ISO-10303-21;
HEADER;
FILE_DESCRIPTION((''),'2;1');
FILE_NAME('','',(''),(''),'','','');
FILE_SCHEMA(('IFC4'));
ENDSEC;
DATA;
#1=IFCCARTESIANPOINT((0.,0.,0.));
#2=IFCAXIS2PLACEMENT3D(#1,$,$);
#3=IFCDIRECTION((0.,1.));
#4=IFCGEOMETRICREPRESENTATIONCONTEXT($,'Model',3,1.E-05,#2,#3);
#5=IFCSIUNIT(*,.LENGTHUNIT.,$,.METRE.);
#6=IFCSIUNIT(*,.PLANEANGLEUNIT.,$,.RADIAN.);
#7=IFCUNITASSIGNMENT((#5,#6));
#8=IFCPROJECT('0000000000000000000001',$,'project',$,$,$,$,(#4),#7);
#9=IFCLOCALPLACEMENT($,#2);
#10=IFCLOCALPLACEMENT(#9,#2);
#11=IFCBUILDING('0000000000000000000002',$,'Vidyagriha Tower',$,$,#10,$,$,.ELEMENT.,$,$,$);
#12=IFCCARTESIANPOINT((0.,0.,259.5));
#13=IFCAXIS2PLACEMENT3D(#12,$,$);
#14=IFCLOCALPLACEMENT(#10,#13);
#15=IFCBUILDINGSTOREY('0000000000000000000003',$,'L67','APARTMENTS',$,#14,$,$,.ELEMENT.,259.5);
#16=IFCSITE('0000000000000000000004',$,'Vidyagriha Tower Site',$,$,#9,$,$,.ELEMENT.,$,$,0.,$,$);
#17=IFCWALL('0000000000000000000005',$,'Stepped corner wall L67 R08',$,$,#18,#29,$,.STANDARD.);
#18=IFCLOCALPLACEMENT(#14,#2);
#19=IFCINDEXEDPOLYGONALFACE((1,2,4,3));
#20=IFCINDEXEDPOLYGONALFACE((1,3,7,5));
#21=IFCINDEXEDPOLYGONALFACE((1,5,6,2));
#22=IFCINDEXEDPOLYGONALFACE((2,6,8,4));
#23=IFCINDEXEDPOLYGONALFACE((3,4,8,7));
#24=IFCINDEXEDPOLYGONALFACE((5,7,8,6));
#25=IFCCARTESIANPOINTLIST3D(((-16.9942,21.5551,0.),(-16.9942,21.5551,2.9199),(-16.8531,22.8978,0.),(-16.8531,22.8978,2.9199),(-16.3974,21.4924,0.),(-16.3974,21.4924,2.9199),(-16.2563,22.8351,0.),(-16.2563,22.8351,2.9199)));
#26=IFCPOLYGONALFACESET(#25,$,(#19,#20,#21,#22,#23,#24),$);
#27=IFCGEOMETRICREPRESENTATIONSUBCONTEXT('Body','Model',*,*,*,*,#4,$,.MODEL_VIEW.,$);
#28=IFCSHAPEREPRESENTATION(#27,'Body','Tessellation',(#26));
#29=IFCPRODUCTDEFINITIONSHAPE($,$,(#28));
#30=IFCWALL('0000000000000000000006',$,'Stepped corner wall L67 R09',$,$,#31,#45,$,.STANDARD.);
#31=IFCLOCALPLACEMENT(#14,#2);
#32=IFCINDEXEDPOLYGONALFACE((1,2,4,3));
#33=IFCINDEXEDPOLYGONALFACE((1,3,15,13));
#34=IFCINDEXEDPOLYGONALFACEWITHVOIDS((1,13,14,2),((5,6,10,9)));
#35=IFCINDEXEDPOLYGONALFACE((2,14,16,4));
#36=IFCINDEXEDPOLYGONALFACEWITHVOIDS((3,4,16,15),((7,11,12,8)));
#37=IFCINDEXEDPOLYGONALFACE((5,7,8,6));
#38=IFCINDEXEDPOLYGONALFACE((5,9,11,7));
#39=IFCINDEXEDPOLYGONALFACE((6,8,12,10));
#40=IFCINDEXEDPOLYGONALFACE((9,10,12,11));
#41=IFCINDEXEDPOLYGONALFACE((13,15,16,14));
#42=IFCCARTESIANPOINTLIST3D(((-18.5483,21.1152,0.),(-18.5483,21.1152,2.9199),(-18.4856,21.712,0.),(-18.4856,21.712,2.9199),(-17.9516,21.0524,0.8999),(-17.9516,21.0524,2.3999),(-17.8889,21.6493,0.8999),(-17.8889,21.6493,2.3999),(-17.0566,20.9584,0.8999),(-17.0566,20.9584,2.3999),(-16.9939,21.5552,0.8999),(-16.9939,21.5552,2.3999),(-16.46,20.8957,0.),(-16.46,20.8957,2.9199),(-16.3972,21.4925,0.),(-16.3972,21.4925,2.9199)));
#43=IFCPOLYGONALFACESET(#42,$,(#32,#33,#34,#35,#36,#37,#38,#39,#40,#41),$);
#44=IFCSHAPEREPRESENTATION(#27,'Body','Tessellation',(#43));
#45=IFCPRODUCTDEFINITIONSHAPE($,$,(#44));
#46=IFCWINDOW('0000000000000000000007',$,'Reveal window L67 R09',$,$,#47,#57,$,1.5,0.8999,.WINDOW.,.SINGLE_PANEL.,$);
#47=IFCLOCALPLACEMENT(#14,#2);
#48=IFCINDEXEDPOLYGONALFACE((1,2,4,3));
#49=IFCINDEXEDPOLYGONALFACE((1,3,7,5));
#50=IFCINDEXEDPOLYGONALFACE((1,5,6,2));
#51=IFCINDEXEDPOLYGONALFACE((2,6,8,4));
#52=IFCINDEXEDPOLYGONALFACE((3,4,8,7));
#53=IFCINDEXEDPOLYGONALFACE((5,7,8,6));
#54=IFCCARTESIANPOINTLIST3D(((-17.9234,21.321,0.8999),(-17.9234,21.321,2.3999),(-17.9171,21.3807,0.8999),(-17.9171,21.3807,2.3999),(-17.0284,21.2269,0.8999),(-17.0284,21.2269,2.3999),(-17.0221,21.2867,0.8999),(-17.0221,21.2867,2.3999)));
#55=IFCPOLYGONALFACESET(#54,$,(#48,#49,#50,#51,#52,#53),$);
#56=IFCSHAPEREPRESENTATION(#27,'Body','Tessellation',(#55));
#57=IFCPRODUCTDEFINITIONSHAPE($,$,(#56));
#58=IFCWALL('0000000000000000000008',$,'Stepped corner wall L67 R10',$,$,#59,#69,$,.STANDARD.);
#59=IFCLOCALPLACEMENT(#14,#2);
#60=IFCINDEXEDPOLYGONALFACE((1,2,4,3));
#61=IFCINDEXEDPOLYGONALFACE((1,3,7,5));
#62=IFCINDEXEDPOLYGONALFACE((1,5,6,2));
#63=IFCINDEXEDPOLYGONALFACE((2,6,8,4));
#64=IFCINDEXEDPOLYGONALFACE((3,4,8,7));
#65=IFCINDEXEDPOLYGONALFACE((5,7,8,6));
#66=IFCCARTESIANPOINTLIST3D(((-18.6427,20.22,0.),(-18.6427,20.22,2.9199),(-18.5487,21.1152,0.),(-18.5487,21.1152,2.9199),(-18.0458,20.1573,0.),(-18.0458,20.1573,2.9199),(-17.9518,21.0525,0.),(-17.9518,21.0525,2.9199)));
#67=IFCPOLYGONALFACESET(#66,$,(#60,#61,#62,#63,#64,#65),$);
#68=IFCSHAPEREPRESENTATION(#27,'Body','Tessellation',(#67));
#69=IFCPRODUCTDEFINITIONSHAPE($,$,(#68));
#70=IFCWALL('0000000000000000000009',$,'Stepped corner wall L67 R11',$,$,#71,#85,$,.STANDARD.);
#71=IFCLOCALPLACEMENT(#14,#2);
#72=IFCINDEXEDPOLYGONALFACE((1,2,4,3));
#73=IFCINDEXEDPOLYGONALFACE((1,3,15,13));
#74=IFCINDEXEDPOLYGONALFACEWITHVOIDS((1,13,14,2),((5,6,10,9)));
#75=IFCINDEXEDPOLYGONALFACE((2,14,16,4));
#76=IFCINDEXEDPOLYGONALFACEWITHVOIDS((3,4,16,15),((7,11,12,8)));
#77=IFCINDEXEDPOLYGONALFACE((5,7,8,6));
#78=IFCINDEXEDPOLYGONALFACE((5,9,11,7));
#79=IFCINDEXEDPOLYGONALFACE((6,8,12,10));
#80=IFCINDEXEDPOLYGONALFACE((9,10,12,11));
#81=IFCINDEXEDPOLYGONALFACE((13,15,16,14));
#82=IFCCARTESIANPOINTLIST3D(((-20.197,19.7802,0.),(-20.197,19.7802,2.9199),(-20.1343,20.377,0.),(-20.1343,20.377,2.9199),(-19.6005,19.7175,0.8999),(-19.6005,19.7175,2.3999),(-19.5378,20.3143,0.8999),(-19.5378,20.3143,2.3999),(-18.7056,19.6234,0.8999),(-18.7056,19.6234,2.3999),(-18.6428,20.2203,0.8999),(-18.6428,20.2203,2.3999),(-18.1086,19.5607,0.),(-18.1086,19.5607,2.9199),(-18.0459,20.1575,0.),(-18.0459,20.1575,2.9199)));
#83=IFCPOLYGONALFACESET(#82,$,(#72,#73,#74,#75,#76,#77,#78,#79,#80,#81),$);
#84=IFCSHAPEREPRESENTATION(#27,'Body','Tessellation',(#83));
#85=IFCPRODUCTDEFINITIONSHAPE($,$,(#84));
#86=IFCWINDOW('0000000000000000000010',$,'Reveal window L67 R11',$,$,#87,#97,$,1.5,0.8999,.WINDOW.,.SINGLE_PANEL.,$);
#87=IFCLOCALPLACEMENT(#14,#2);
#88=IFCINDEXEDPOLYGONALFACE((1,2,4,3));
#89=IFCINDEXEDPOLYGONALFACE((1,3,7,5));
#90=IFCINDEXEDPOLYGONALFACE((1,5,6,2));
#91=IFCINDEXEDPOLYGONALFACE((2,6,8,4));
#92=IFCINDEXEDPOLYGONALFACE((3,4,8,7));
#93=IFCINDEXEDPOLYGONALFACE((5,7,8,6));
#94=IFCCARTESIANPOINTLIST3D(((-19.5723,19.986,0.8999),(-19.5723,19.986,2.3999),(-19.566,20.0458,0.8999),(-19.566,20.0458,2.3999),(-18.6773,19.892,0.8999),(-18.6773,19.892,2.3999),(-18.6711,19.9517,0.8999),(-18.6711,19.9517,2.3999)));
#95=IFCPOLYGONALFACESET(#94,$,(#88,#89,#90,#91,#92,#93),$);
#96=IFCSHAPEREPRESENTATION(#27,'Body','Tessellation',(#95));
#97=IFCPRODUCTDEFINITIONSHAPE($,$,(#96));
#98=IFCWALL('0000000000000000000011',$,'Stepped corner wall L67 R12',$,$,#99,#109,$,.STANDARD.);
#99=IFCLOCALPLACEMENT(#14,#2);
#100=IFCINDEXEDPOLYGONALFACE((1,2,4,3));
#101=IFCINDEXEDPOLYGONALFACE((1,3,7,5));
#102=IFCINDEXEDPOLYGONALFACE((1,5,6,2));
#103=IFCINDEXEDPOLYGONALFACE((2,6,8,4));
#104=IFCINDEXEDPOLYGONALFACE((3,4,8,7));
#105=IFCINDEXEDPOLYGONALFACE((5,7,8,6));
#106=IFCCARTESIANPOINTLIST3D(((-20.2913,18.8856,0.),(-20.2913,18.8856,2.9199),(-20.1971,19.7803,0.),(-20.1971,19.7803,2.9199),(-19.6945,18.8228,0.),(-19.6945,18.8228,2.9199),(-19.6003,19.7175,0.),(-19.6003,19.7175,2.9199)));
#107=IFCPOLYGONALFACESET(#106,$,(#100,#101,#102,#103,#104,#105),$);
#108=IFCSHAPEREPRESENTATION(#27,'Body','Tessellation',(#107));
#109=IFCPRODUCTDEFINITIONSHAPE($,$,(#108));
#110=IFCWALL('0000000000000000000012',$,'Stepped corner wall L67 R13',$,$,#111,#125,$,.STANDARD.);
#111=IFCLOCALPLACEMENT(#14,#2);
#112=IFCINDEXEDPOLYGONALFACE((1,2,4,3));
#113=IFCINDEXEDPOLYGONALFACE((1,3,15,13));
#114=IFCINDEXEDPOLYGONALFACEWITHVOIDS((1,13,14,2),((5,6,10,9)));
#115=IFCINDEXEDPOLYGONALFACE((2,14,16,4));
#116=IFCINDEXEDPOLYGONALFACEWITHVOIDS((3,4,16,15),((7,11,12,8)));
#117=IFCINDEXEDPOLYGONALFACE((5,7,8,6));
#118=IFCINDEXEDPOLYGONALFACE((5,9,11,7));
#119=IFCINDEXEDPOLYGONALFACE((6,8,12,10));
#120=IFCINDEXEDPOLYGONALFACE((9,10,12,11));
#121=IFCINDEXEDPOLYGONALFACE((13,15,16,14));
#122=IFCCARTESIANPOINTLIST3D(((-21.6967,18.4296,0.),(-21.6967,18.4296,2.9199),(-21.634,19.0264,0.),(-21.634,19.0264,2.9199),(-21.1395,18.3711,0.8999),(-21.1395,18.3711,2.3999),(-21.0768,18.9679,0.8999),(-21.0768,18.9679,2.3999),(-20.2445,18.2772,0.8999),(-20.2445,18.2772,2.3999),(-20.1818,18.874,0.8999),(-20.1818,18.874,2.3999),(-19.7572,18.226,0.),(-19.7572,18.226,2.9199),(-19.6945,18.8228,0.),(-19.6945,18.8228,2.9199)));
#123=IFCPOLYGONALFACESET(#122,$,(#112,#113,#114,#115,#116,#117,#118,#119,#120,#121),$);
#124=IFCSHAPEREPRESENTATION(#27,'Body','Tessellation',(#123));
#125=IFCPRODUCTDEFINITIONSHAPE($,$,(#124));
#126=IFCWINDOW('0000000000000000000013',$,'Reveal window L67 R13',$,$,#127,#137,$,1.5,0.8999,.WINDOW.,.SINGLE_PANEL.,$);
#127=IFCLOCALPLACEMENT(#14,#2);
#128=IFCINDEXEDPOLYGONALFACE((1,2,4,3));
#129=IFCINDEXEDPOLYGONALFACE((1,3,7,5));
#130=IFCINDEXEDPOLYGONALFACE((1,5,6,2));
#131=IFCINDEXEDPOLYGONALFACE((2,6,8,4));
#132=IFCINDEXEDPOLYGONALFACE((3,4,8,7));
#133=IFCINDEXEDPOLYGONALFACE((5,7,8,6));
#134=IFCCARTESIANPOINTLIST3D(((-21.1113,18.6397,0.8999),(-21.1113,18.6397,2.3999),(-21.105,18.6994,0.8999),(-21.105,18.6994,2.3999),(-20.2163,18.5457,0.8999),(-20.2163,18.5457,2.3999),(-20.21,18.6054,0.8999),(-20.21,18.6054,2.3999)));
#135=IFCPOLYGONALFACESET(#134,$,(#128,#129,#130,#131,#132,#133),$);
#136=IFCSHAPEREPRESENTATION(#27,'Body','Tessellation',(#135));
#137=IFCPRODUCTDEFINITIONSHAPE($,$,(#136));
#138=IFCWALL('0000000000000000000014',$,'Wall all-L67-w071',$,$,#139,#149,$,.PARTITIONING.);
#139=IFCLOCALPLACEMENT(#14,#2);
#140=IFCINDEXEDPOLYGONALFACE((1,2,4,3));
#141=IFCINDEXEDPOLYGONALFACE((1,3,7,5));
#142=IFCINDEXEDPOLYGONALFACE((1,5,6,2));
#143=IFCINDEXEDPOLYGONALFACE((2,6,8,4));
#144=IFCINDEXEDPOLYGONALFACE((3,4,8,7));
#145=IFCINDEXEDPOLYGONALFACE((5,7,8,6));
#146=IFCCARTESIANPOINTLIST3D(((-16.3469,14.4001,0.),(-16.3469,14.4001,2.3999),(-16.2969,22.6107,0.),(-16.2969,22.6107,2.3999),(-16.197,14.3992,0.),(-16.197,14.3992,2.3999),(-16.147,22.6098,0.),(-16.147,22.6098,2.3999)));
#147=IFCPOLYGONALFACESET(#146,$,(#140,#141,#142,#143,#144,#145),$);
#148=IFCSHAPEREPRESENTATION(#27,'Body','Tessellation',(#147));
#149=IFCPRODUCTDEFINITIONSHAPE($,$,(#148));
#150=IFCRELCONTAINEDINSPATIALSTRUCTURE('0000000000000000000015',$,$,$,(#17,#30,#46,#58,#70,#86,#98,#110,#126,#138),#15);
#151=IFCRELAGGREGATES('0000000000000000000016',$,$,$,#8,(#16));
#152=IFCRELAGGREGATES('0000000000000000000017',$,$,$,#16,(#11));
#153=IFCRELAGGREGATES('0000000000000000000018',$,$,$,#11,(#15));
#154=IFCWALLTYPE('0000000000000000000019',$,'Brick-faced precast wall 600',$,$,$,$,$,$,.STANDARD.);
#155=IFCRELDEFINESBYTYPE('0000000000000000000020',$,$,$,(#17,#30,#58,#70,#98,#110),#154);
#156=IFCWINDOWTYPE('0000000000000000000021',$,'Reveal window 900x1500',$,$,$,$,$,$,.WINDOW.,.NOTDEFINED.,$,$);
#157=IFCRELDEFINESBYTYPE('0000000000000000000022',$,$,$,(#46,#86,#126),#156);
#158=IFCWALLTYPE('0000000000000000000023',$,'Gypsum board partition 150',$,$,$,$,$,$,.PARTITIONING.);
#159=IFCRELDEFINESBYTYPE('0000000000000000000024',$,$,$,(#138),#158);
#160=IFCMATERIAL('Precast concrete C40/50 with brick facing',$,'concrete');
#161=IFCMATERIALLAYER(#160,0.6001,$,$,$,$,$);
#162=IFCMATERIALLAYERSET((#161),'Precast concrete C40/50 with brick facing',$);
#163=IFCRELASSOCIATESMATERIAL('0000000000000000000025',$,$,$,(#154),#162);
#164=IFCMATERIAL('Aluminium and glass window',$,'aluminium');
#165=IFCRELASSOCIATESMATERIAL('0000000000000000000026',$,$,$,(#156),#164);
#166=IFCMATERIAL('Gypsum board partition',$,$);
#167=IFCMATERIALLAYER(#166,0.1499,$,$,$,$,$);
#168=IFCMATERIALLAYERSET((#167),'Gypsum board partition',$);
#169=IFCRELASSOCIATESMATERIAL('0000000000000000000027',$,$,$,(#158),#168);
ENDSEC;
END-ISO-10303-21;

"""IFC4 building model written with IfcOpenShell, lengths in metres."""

from ifc_helpers import new_model, si_unit, direction, frame, frame_2d, origin, place, context, subcontext, project, spatial, rectangle, extrude, material, layer, layer_set, type_object, element, fill, save


model = new_model("IFC4")

# Units and contexts
model_context = context("Model", 3, precision=1e-05, world=origin(), true_north=direction((0.0, 1.0)))
body_context = subcontext(model_context, "Body", "Model", "MODEL_VIEW")
ifc_project = project(units=[si_unit("LENGTHUNIT", "METRE"), si_unit("PLANEANGLEUNIT", "RADIAN")], contexts=[model_context])

# Site, building, storey
site_placement = place(None, origin())
site = spatial("IfcSite", under=ifc_project, at=site_placement, Name="Vidyagriha Tower Site", CompositionType="ELEMENT", RefElevation=0.0)
building_placement = place(site_placement, origin())
building = spatial("IfcBuilding", under=site, at=building_placement, Name="Vidyagriha Tower", CompositionType="ELEMENT")
storey_placement = place(building_placement, frame((0.0, 0.0, 259.5)))
storey = spatial("IfcBuildingStorey", under=building, at=storey_placement, Name="L67", Description="APARTMENTS", CompositionType="ELEMENT", Elevation=259.5)

# Wall
ifc_material_1 = material(Name="Precast concrete C40/50 with brick facing", Category="concrete")
ifc_layer_1 = layer(ifc_material_1, 0.6001)
ifc_layer_set_1 = layer_set([ifc_layer_1], Name="Precast concrete C40/50 with brick facing")
wall_type_1 = type_object("IfcWallType", Name="Brick-faced precast wall 600", PredefinedType="STANDARD", material=ifc_layer_set_1)
wall_1_placement = place(storey_placement, frame((-16.5547, 22.8665, 0.0), z_axis=(0.0, 0.0, 1.0), x_axis=(-0.104515, -0.994523, 0.0)))
element("IfcWall", 1, at=wall_1_placement, inside=storey, type_object=wall_type_1, Name="Stepped corner wall L67 R08", PredefinedType="STANDARD", context=body_context, shape_type="SweptSolid", body=[
    extrude(rectangle(XDim=1.3501, YDim=0.6001, at=frame_2d((0.675, 0.0))), origin(), (0.0, 0.0, 1.0), 2.9199),
])

# Wall, opening, window
wall_2_placement = place(storey_placement, frame((-16.4287, 21.1941, 0.0), z_axis=(0.0, 0.0, 1.0), x_axis=(-0.994523, 0.104521, 0.0)))
wall_2 = element("IfcWall", 2, at=wall_2_placement, inside=storey, type_object=wall_type_1, Name="Stepped corner wall L67 R09", PredefinedType="STANDARD", context=body_context, shape_type="SweptSolid", body=[
    extrude(rectangle(XDim=2.0999, YDim=0.6001, at=frame_2d((1.0498, 0.0))), origin(), (0.0, 0.0, 1.0), 2.9199),
])
opening_1_placement = place(wall_2_placement, frame((0.5999, 0.0, 0.8999)))
opening_1 = element("IfcOpeningElement", 3, at=opening_1_placement, cuts=wall_2, PredefinedType="OPENING", context=body_context, shape_type="SweptSolid", body=[
    extrude(rectangle(XDim=0.8999, YDim=1.5, at=frame_2d((0.45, 0.75))), frame((0.0, 0.3101, 0.0), z_axis=(0.0, -1.0, 0.0), x_axis=(1.0, 0.0, 0.0)), (0.0, 0.0, 1.0), 0.6201),
])
ifc_material_2 = material(Name="Aluminium and glass window", Category="aluminium")
window_type = type_object("IfcWindowType", Name="Reveal window 900x1500", PartitioningType="NOTDEFINED", PredefinedType="WINDOW", material=ifc_material_2)
window_1_placement = place(opening_1_placement, origin())
window_1 = element("IfcWindow", 4, at=window_1_placement, inside=storey, type_object=window_type, Name="Reveal window L67 R09", OverallHeight=1.5, OverallWidth=0.8999, PartitioningType="SINGLE_PANEL", PredefinedType="WINDOW", context=body_context, shape_type="SweptSolid", body=[
    extrude(rectangle(XDim=0.8999, YDim=1.5, at=frame_2d((0.45, 0.75))), frame((0.0, 0.03, 0.0), z_axis=(0.0, -1.0, 0.0), x_axis=(1.0, 0.0, 0.0)), (0.0, 0.0, 1.0), 0.0601),
])
fill(opening_1, window_1)

# Wall
wall_3_placement = place(storey_placement, frame((-18.2502, 21.084, 0.0), z_axis=(0.0, 0.0, 1.0), x_axis=(-0.104417, -0.994534, 0.0)))
element("IfcWall", 5, at=wall_3_placement, inside=storey, type_object=wall_type_1, Name="Stepped corner wall L67 R10", PredefinedType="STANDARD", context=body_context, shape_type="SweptSolid", body=[
    extrude(rectangle(XDim=0.9001, YDim=0.6001, at=frame_2d((0.4502, 0.0))), origin(), (0.0, 0.0, 1.0), 2.9199),
])

# Wall, opening, window
wall_4_placement = place(storey_placement, frame((-18.0774, 19.8591, 0.0), z_axis=(0.0, 0.0, 1.0), x_axis=(-0.994523, 0.104521, 0.0)))
wall_4 = element("IfcWall", 6, at=wall_4_placement, inside=storey, type_object=wall_type_1, Name="Stepped corner wall L67 R11", PredefinedType="STANDARD", context=body_context, shape_type="SweptSolid", body=[
    extrude(rectangle(XDim=2.0999, YDim=0.6001, at=frame_2d((1.0498, 0.0))), origin(), (0.0, 0.0, 1.0), 2.9199),
])
opening_2_placement = place(wall_4_placement, frame((0.6001, 0.0, 0.8999)))
opening_2 = element("IfcOpeningElement", 7, at=opening_2_placement, cuts=wall_4, PredefinedType="OPENING", context=body_context, shape_type="SweptSolid", body=[
    extrude(rectangle(XDim=0.8999, YDim=1.5, at=frame_2d((0.45, 0.75))), frame((0.0, 0.3101, 0.0), z_axis=(0.0, -1.0, 0.0), x_axis=(1.0, 0.0, 0.0)), (0.0, 0.0, 1.0), 0.6201),
])
window_2_placement = place(opening_2_placement, origin())
window_2 = element("IfcWindow", 8, at=window_2_placement, inside=storey, type_object=window_type, Name="Reveal window L67 R11", OverallHeight=1.5, OverallWidth=0.8999, PartitioningType="SINGLE_PANEL", PredefinedType="WINDOW", context=body_context, shape_type="SweptSolid", body=[
    extrude(rectangle(XDim=0.8999, YDim=1.5, at=frame_2d((0.45, 0.75))), frame((0.0, 0.03, 0.0), z_axis=(0.0, -1.0, 0.0), x_axis=(1.0, 0.0, 0.0)), (0.0, 0.0, 1.0), 0.0601),
])
fill(opening_2, window_2)

# Wall
wall_5_placement = place(storey_placement, frame((-19.8987, 19.7488, 0.0), z_axis=(0.0, 0.0, 1.0), x_axis=(-0.104741, -0.9945, 0.0)))
element("IfcWall", 9, at=wall_5_placement, inside=storey, type_object=wall_type_1, Name="Stepped corner wall L67 R12", PredefinedType="STANDARD", context=body_context, shape_type="SweptSolid", body=[
    extrude(rectangle(XDim=0.8997, YDim=0.6001, at=frame_2d((0.4497, 0.0))), origin(), (0.0, 0.0, 1.0), 2.9199),
])

# Wall, opening, window
wall_6_placement = place(storey_placement, frame((-19.7258, 18.5244, 0.0), z_axis=(0.0, 0.0, 1.0), x_axis=(-0.994534, 0.104411, 0.0)))
wall_6 = element("IfcWall", 10, at=wall_6_placement, inside=storey, type_object=wall_type_1, Name="Stepped corner wall L67 R13", PredefinedType="STANDARD", context=body_context, shape_type="SweptSolid", body=[
    extrude(rectangle(XDim=1.9502, YDim=0.6001, at=frame_2d((0.9751, 0.0))), origin(), (0.0, 0.0, 1.0), 2.9199),
])
opening_3_placement = place(wall_6_placement, frame((0.49, 0.0, 0.8999)))
opening_3 = element("IfcOpeningElement", 11, at=opening_3_placement, cuts=wall_6, PredefinedType="OPENING", context=body_context, shape_type="SweptSolid", body=[
    extrude(rectangle(XDim=0.8999, YDim=1.5, at=frame_2d((0.45, 0.75))), frame((0.0, 0.3101, 0.0), z_axis=(0.0, -1.0, 0.0), x_axis=(1.0, 0.0, 0.0)), (0.0, 0.0, 1.0), 0.6201),
])
window_3_placement = place(opening_3_placement, origin())
window_3 = element("IfcWindow", 12, at=window_3_placement, inside=storey, type_object=window_type, Name="Reveal window L67 R13", OverallHeight=1.5, OverallWidth=0.8999, PartitioningType="SINGLE_PANEL", PredefinedType="WINDOW", context=body_context, shape_type="SweptSolid", body=[
    extrude(rectangle(XDim=0.8999, YDim=1.5, at=frame_2d((0.45, 0.75))), frame((0.0, 0.03, 0.0), z_axis=(0.0, -1.0, 0.0), x_axis=(1.0, 0.0, 0.0)), (0.0, 0.0, 1.0), 0.0601),
])
fill(opening_3, window_3)

# Wall
ifc_material_3 = material(Name="Gypsum board partition")
ifc_layer_2 = layer(ifc_material_3, 0.1499)
ifc_layer_set_2 = layer_set([ifc_layer_2], Name="Gypsum board partition")
wall_type_2 = type_object("IfcWallType", Name="Gypsum board partition 150", PredefinedType="PARTITIONING", material=ifc_layer_set_2)
wall_7_placement = place(storey_placement, frame((-16.2219, 22.6104, 0.0), z_axis=(0.0, 0.0, 1.0), x_axis=(-0.006096, -0.999981, 0.0)))
element("IfcWall", 13, at=wall_7_placement, inside=storey, type_object=wall_type_2, Name="Wall all-L67-w071", PredefinedType="PARTITIONING", context=body_context, shape_type="SweptSolid", body=[
    extrude(rectangle(XDim=8.2107, YDim=0.1499, at=frame_2d((4.1055, 0.0))), origin(), (0.0, 0.0, 1.0), 2.3999),
])

save(model, "model.ifc")
